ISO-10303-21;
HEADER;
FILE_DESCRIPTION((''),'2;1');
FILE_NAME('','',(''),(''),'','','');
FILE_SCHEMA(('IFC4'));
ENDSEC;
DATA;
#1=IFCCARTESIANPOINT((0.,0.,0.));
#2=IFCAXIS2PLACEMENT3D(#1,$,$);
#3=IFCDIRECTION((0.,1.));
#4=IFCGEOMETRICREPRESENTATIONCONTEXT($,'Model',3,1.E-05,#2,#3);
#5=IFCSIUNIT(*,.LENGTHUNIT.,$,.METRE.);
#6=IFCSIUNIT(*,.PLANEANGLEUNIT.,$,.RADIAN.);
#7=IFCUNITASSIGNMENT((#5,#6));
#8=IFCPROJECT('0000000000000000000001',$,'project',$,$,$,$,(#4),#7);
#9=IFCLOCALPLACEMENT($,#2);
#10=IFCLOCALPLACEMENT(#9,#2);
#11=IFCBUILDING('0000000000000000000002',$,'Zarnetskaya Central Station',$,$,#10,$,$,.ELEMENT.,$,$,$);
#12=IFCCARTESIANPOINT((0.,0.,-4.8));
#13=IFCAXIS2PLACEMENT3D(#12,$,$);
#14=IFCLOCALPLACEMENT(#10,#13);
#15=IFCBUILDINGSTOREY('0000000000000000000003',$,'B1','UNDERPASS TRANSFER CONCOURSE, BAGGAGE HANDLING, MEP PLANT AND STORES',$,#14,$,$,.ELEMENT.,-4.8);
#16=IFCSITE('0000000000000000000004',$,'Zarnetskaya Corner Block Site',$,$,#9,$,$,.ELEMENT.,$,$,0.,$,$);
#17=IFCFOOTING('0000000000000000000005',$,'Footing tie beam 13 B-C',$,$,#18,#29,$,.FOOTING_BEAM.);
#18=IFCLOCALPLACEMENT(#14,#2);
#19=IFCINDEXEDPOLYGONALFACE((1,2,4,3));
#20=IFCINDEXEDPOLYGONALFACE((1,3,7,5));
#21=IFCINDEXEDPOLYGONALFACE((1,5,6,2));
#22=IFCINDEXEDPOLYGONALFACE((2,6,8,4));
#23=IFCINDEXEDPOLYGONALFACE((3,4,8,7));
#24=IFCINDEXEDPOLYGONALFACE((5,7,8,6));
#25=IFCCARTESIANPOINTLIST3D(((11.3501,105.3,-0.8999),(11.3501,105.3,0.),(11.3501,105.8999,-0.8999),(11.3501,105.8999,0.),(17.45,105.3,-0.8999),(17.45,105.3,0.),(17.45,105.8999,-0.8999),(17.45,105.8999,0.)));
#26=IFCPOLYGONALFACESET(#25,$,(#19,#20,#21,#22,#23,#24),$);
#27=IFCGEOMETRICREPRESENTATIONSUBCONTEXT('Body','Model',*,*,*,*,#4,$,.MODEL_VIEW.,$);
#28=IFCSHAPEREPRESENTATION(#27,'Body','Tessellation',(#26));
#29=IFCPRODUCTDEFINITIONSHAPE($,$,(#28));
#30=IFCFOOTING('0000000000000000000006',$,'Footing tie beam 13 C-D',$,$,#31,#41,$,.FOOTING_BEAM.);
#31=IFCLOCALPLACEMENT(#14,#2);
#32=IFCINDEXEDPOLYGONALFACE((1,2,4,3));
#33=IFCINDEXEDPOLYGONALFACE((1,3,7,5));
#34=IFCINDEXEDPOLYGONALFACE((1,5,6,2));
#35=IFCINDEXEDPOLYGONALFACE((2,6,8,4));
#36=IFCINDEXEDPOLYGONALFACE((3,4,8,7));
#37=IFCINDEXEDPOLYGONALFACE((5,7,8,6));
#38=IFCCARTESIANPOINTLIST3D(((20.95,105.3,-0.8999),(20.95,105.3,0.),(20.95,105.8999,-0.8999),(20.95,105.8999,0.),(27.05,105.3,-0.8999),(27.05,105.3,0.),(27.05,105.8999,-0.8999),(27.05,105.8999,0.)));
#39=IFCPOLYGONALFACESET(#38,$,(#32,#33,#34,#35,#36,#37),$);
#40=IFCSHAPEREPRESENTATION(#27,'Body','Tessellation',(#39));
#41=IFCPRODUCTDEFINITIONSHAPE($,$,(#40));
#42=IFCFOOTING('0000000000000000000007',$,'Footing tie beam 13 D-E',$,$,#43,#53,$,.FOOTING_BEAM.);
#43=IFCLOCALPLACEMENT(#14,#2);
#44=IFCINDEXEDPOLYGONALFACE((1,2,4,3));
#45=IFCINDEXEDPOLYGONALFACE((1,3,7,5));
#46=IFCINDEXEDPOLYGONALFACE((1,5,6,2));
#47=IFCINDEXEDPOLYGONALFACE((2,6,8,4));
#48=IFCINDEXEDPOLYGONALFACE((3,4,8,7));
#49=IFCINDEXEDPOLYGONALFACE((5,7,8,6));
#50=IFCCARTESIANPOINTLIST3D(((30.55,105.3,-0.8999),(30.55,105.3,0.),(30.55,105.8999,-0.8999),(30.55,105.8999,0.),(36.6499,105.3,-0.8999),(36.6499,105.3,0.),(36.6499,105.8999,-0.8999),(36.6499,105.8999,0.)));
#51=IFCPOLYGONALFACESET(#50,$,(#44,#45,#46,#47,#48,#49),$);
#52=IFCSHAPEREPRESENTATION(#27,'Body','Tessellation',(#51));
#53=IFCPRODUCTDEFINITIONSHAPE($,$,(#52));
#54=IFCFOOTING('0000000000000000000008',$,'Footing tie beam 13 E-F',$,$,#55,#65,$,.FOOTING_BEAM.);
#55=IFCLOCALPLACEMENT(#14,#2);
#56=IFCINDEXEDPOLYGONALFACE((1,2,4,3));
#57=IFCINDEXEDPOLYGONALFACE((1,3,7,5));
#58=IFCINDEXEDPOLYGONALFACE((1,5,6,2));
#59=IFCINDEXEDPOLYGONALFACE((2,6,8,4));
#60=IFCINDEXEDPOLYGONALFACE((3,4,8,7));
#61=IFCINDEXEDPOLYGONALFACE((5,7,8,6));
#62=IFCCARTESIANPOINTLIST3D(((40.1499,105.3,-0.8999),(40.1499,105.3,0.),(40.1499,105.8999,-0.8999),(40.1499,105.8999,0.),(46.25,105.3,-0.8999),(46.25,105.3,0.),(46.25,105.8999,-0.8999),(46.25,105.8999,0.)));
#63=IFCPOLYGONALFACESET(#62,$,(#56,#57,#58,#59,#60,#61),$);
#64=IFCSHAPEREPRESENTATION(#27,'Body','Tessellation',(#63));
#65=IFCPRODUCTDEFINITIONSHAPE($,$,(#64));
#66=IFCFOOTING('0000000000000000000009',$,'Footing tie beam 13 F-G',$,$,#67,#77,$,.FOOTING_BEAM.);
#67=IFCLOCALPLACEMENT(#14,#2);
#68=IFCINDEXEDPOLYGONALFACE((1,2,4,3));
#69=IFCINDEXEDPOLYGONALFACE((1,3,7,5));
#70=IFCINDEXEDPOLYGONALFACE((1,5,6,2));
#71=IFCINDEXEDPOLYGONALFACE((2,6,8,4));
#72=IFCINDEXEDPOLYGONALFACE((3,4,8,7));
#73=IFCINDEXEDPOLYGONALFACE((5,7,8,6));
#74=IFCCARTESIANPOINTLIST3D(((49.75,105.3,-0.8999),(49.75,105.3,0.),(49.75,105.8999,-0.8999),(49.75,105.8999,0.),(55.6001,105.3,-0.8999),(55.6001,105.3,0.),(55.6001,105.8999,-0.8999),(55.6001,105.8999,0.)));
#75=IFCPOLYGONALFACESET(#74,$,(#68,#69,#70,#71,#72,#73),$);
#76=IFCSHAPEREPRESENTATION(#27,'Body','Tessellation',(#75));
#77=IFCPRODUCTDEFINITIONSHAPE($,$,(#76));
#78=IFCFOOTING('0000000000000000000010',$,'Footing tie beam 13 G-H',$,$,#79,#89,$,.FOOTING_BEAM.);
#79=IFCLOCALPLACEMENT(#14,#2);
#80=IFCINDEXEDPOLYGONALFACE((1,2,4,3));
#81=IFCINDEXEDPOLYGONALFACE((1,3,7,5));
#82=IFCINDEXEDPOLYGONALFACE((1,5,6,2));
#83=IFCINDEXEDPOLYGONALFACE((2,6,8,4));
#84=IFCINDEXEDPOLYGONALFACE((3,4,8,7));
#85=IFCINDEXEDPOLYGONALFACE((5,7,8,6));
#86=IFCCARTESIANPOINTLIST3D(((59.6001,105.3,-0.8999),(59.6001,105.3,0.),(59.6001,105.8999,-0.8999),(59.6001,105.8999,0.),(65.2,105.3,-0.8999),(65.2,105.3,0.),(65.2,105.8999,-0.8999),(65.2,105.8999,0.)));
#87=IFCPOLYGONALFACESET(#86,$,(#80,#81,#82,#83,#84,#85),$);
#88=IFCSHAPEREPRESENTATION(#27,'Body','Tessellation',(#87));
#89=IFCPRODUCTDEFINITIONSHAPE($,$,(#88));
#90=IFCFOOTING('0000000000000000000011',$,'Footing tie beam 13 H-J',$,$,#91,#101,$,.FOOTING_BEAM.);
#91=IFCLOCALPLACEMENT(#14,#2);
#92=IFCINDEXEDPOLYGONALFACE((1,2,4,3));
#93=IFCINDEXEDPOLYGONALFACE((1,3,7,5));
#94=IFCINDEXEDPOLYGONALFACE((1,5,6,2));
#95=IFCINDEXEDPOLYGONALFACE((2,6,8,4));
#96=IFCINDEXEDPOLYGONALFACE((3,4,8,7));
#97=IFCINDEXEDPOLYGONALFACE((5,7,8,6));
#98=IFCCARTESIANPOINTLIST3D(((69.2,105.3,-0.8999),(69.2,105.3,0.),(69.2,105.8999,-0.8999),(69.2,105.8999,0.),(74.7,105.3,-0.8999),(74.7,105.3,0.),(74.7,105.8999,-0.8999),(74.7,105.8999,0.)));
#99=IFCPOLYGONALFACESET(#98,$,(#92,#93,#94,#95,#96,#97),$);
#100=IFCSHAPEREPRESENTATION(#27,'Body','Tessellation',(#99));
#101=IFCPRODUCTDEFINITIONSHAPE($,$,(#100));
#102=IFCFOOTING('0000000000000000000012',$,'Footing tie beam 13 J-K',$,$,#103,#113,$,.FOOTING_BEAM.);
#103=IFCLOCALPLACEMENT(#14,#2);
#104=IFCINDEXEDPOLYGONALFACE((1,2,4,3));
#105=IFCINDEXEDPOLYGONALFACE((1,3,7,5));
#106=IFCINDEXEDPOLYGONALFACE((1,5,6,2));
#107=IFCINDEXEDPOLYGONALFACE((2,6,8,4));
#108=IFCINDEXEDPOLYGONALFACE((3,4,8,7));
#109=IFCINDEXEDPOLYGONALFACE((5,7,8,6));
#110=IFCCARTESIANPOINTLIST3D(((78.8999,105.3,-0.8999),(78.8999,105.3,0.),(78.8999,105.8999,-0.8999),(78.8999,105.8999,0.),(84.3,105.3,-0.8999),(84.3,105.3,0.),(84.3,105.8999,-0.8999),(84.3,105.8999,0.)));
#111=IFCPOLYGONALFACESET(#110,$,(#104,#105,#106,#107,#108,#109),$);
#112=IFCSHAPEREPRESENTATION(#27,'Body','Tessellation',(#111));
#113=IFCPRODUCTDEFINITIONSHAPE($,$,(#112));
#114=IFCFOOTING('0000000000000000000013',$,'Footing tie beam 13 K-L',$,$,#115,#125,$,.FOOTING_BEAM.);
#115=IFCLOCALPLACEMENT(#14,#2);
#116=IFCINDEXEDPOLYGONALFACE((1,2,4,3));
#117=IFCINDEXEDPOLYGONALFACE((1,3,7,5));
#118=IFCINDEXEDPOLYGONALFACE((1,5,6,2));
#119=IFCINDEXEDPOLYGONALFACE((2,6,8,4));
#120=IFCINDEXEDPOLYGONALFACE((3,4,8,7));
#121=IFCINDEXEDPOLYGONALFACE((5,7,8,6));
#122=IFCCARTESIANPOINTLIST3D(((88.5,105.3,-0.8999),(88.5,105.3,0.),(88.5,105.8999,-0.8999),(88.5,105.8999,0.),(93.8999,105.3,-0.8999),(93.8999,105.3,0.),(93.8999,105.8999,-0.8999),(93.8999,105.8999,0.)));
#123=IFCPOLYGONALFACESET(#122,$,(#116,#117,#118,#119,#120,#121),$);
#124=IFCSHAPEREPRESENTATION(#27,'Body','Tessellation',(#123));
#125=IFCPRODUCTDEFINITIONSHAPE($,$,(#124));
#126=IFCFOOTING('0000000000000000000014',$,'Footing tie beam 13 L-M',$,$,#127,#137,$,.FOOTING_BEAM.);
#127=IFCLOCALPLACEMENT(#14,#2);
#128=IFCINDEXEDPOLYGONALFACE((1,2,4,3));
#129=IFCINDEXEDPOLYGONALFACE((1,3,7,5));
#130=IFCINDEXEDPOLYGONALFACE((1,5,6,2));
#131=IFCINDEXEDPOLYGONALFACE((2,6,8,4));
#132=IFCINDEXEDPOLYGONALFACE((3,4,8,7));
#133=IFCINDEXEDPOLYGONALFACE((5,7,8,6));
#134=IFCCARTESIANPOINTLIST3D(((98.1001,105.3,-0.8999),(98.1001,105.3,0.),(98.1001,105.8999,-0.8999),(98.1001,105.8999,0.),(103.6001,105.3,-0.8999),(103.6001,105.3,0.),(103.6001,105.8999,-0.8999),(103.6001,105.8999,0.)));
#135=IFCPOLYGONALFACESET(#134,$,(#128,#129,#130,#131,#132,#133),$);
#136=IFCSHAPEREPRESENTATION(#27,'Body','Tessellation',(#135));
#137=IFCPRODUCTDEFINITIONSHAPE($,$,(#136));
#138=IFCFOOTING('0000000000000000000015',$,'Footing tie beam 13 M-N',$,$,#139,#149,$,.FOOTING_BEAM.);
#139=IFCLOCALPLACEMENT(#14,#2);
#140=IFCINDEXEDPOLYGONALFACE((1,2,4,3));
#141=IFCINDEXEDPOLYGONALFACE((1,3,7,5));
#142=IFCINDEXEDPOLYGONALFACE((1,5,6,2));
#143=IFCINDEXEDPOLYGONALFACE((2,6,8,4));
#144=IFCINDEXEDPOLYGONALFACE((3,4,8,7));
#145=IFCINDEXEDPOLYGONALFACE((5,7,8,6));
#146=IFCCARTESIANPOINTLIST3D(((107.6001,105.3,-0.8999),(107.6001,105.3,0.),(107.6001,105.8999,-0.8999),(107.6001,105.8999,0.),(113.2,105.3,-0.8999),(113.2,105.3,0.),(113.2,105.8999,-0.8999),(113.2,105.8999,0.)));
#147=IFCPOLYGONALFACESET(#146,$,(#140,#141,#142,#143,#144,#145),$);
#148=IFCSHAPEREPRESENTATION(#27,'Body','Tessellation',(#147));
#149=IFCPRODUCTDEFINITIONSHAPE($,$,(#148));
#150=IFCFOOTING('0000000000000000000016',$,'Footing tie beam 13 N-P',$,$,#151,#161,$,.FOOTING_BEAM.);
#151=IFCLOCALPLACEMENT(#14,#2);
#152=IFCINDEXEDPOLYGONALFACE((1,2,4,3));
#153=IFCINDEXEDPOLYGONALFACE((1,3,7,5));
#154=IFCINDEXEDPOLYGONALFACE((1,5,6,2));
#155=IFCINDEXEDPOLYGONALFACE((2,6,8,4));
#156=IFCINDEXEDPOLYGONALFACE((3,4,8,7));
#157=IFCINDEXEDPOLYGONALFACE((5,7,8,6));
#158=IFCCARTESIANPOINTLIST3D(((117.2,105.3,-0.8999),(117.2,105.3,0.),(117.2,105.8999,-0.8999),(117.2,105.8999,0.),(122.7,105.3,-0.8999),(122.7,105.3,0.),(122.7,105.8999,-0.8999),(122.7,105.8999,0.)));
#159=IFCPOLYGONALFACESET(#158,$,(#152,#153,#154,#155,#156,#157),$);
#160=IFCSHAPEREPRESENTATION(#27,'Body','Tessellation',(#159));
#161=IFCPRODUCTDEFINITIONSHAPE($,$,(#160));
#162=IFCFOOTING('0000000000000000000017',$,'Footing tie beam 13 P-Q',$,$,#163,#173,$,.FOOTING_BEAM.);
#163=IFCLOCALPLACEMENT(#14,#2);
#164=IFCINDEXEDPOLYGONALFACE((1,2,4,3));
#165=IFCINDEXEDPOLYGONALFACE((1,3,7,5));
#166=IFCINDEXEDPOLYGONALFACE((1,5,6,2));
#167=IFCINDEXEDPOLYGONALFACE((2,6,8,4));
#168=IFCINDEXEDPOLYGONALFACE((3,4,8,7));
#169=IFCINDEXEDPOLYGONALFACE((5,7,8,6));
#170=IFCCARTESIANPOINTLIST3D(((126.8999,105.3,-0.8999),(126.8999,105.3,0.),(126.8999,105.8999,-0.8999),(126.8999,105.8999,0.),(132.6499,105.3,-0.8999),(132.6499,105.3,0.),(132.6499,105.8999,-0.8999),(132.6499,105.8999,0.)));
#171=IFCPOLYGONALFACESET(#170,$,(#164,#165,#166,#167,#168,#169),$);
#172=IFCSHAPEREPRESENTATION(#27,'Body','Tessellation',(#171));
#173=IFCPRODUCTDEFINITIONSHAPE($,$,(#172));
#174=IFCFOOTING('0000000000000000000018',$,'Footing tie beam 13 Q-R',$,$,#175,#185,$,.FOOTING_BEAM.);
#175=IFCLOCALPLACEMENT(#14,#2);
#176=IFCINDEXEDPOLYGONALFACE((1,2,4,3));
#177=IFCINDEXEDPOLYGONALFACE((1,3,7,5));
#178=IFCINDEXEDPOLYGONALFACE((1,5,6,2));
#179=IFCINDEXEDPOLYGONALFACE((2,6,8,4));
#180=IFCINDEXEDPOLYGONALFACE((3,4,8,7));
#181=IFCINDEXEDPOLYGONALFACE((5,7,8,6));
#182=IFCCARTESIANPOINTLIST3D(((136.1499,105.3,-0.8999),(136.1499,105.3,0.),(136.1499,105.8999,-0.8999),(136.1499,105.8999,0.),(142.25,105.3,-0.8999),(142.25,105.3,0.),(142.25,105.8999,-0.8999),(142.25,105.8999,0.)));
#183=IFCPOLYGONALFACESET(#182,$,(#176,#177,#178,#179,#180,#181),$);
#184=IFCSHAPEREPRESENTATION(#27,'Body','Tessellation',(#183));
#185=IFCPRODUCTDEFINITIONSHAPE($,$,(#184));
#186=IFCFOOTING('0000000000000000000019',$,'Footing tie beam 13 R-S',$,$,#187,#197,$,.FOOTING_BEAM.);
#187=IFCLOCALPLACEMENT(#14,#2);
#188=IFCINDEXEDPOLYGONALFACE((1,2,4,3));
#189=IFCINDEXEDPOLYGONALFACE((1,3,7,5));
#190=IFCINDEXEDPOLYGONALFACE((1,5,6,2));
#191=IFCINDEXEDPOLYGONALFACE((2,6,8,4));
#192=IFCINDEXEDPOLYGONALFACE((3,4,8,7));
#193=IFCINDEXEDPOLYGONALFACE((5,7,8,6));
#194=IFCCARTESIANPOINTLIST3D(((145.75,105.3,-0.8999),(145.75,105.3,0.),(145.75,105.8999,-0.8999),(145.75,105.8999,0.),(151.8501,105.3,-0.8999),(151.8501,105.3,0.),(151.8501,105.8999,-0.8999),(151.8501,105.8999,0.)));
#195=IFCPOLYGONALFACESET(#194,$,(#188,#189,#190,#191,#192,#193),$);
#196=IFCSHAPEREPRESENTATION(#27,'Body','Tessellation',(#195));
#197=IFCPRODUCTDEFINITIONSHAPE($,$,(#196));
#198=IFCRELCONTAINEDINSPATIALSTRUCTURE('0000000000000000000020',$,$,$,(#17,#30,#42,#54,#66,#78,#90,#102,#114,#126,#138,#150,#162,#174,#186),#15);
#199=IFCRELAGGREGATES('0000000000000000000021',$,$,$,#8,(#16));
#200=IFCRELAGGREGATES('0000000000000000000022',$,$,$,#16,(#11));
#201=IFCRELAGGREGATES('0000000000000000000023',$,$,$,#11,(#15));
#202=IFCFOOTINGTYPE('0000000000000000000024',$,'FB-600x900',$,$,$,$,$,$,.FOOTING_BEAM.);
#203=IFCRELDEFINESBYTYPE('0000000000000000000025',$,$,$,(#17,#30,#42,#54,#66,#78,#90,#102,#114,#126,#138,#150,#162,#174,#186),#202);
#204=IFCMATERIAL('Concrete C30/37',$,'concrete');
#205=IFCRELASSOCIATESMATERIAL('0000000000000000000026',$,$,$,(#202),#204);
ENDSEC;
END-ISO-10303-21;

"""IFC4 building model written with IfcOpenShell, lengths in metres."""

from ifc_helpers import new_model, si_unit, direction, frame, origin, place, context, subcontext, project, spatial, polyline, outline, extrude, material, type_object, element, save


model = new_model("IFC4")

# Units and contexts
model_context = context("Model", 3, precision=1e-05, world=origin(), true_north=direction((0.0, 1.0)))
body_context = subcontext(model_context, "Body", "Model", "MODEL_VIEW")
ifc_project = project(units=[si_unit("LENGTHUNIT", "METRE"), si_unit("PLANEANGLEUNIT", "RADIAN")], contexts=[model_context])

# Site, building, storey
site_placement = place(None, origin())
site = spatial("IfcSite", under=ifc_project, at=site_placement, Name="Zarnetskaya Corner Block Site", CompositionType="ELEMENT", RefElevation=0.0)
building_placement = place(site_placement, origin())
building = spatial("IfcBuilding", under=site, at=building_placement, Name="Zarnetskaya Central Station", CompositionType="ELEMENT")
storey_placement = place(building_placement, frame((0.0, 0.0, -4.8)))
storey = spatial("IfcBuildingStorey", under=building, at=storey_placement, Name="B1", Description="UNDERPASS TRANSFER CONCOURSE, BAGGAGE HANDLING, MEP PLANT AND STORES", CompositionType="ELEMENT", Elevation=-4.8)

# Footings
ifc_material = material(Name="Concrete C30/37", Category="concrete")
footing_type_1 = type_object("IfcFootingType", Name="FB-600x900", PredefinedType="FOOTING_BEAM", material=ifc_material)
footing_1_placement = place(storey_placement, frame((0.0, 0.0, -0.8999)))
element("IfcFooting", 1, at=footing_1_placement, inside=storey, type_object=footing_type_1, Name="Footing tie beam 13 B-C", PredefinedType="FOOTING_BEAM", context=body_context, shape_type="SweptSolid", body=[
    extrude(outline(polyline([(11.3501, 105.3), (17.45, 105.3), (17.45, 105.8999), (11.3501, 105.8999), (11.3501, 105.3)])), origin(), (0.0, 0.0, 1.0), 0.8999),
])
footing_2_placement = place(storey_placement, frame((0.0, 0.0, -0.8999)))
element("IfcFooting", 2, at=footing_2_placement, inside=storey, type_object=footing_type_1, Name="Footing tie beam 13 C-D", PredefinedType="FOOTING_BEAM", context=body_context, shape_type="SweptSolid", body=[
    extrude(outline(polyline([(20.95, 105.3), (27.05, 105.3), (27.05, 105.8999), (20.95, 105.8999), (20.95, 105.3)])), origin(), (0.0, 0.0, 1.0), 0.8999),
])
footing_3_placement = place(storey_placement, frame((0.0, 0.0, -0.8999)))
element("IfcFooting", 3, at=footing_3_placement, inside=storey, type_object=footing_type_1, Name="Footing tie beam 13 D-E", PredefinedType="FOOTING_BEAM", context=body_context, shape_type="SweptSolid", body=[
    extrude(outline(polyline([(30.55, 105.3), (36.6499, 105.3), (36.6499, 105.8999), (30.55, 105.8999), (30.55, 105.3)])), origin(), (0.0, 0.0, 1.0), 0.8999),
])
footing_4_placement = place(storey_placement, frame((0.0, 0.0, -0.8999)))
element("IfcFooting", 4, at=footing_4_placement, inside=storey, type_object=footing_type_1, Name="Footing tie beam 13 E-F", PredefinedType="FOOTING_BEAM", context=body_context, shape_type="SweptSolid", body=[
    extrude(outline(polyline([(40.1499, 105.3), (46.25, 105.3), (46.25, 105.8999), (40.1499, 105.8999), (40.1499, 105.3)])), origin(), (0.0, 0.0, 1.0), 0.8999),
])
footing_5_placement = place(storey_placement, frame((0.0, 0.0, -0.8999)))
element("IfcFooting", 5, at=footing_5_placement, inside=storey, type_object=footing_type_1, Name="Footing tie beam 13 F-G", PredefinedType="FOOTING_BEAM", context=body_context, shape_type="SweptSolid", body=[
    extrude(outline(polyline([(49.75, 105.3), (55.6001, 105.3), (55.6001, 105.8999), (49.75, 105.8999), (49.75, 105.3)])), origin(), (0.0, 0.0, 1.0), 0.8999),
])
footing_6_placement = place(storey_placement, frame((0.0, 0.0, -0.8999)))
element("IfcFooting", 6, at=footing_6_placement, inside=storey, type_object=footing_type_1, Name="Footing tie beam 13 G-H", PredefinedType="FOOTING_BEAM", context=body_context, shape_type="SweptSolid", body=[
    extrude(outline(polyline([(59.6001, 105.3), (65.2, 105.3), (65.2, 105.8999), (59.6001, 105.8999), (59.6001, 105.3)])), origin(), (0.0, 0.0, 1.0), 0.8999),
])
footing_7_placement = place(storey_placement, frame((0.0, 0.0, -0.8999)))
element("IfcFooting", 7, at=footing_7_placement, inside=storey, type_object=footing_type_1, Name="Footing tie beam 13 H-J", PredefinedType="FOOTING_BEAM", context=body_context, shape_type="SweptSolid", body=[
    extrude(outline(polyline([(69.2, 105.3), (74.7, 105.3), (74.7, 105.8999), (69.2, 105.8999), (69.2, 105.3)])), origin(), (0.0, 0.0, 1.0), 0.8999),
])
footing_8_placement = place(storey_placement, frame((0.0, 0.0, -0.8999)))
element("IfcFooting", 8, at=footing_8_placement, inside=storey, type_object=footing_type_1, Name="Footing tie beam 13 J-K", PredefinedType="FOOTING_BEAM", context=body_context, shape_type="SweptSolid", body=[
    extrude(outline(polyline([(78.8999, 105.3), (84.3, 105.3), (84.3, 105.8999), (78.8999, 105.8999), (78.8999, 105.3)])), origin(), (0.0, 0.0, 1.0), 0.8999),
])
footing_9_placement = place(storey_placement, frame((0.0, 0.0, -0.8999)))
element("IfcFooting", 9, at=footing_9_placement, inside=storey, type_object=footing_type_1, Name="Footing tie beam 13 K-L", PredefinedType="FOOTING_BEAM", context=body_context, shape_type="SweptSolid", body=[
    extrude(outline(polyline([(88.5, 105.3), (93.8999, 105.3), (93.8999, 105.8999), (88.5, 105.8999), (88.5, 105.3)])), origin(), (0.0, 0.0, 1.0), 0.8999),
])
footing_10_placement = place(storey_placement, frame((0.0, 0.0, -0.8999)))
element("IfcFooting", 10, at=footing_10_placement, inside=storey, type_object=footing_type_1, Name="Footing tie beam 13 L-M", PredefinedType="FOOTING_BEAM", context=body_context, shape_type="SweptSolid", body=[
    extrude(outline(polyline([(98.1001, 105.3), (103.6001, 105.3), (103.6001, 105.8999), (98.1001, 105.8999), (98.1001, 105.3)])), origin(), (0.0, 0.0, 1.0), 0.8999),
])
footing_11_placement = place(storey_placement, frame((0.0, 0.0, -0.8999)))
element("IfcFooting", 11, at=footing_11_placement, inside=storey, type_object=footing_type_1, Name="Footing tie beam 13 M-N", PredefinedType="FOOTING_BEAM", context=body_context, shape_type="SweptSolid", body=[
    extrude(outline(polyline([(107.6001, 105.3), (113.2, 105.3), (113.2, 105.8999), (107.6001, 105.8999), (107.6001, 105.3)])), origin(), (0.0, 0.0, 1.0), 0.8999),
])
footing_12_placement = place(storey_placement, frame((0.0, 0.0, -0.8999)))
element("IfcFooting", 12, at=footing_12_placement, inside=storey, type_object=footing_type_1, Name="Footing tie beam 13 N-P", PredefinedType="FOOTING_BEAM", context=body_context, shape_type="SweptSolid", body=[
    extrude(outline(polyline([(117.2, 105.3), (122.7, 105.3), (122.7, 105.8999), (117.2, 105.8999), (117.2, 105.3)])), origin(), (0.0, 0.0, 1.0), 0.8999),
])
footing_13_placement = place(storey_placement, frame((0.0, 0.0, -0.8999)))
element("IfcFooting", 13, at=footing_13_placement, inside=storey, type_object=footing_type_1, Name="Footing tie beam 13 P-Q", PredefinedType="FOOTING_BEAM", context=body_context, shape_type="SweptSolid", body=[
    extrude(outline(polyline([(126.8999, 105.3), (132.6499, 105.3), (132.6499, 105.8999), (126.8999, 105.8999), (126.8999, 105.3)])), origin(), (0.0, 0.0, 1.0), 0.8999),
])
footing_14_placement = place(storey_placement, frame((0.0, 0.0, -0.8999)))
element("IfcFooting", 14, at=footing_14_placement, inside=storey, type_object=footing_type_1, Name="Footing tie beam 13 Q-R", PredefinedType="FOOTING_BEAM", context=body_context, shape_type="SweptSolid", body=[
    extrude(outline(polyline([(136.1499, 105.3), (142.25, 105.3), (142.25, 105.8999), (136.1499, 105.8999), (136.1499, 105.3)])), origin(), (0.0, 0.0, 1.0), 0.8999),
])
footing_15_placement = place(storey_placement, frame((0.0, 0.0, -0.8999)))
element("IfcFooting", 15, at=footing_15_placement, inside=storey, type_object=footing_type_1, Name="Footing tie beam 13 R-S", PredefinedType="FOOTING_BEAM", context=body_context, shape_type="SweptSolid", body=[
    extrude(outline(polyline([(145.75, 105.3), (151.8501, 105.3), (151.8501, 105.8999), (145.75, 105.8999), (145.75, 105.3)])), origin(), (0.0, 0.0, 1.0), 0.8999),
])

save(model, "model.ifc")
